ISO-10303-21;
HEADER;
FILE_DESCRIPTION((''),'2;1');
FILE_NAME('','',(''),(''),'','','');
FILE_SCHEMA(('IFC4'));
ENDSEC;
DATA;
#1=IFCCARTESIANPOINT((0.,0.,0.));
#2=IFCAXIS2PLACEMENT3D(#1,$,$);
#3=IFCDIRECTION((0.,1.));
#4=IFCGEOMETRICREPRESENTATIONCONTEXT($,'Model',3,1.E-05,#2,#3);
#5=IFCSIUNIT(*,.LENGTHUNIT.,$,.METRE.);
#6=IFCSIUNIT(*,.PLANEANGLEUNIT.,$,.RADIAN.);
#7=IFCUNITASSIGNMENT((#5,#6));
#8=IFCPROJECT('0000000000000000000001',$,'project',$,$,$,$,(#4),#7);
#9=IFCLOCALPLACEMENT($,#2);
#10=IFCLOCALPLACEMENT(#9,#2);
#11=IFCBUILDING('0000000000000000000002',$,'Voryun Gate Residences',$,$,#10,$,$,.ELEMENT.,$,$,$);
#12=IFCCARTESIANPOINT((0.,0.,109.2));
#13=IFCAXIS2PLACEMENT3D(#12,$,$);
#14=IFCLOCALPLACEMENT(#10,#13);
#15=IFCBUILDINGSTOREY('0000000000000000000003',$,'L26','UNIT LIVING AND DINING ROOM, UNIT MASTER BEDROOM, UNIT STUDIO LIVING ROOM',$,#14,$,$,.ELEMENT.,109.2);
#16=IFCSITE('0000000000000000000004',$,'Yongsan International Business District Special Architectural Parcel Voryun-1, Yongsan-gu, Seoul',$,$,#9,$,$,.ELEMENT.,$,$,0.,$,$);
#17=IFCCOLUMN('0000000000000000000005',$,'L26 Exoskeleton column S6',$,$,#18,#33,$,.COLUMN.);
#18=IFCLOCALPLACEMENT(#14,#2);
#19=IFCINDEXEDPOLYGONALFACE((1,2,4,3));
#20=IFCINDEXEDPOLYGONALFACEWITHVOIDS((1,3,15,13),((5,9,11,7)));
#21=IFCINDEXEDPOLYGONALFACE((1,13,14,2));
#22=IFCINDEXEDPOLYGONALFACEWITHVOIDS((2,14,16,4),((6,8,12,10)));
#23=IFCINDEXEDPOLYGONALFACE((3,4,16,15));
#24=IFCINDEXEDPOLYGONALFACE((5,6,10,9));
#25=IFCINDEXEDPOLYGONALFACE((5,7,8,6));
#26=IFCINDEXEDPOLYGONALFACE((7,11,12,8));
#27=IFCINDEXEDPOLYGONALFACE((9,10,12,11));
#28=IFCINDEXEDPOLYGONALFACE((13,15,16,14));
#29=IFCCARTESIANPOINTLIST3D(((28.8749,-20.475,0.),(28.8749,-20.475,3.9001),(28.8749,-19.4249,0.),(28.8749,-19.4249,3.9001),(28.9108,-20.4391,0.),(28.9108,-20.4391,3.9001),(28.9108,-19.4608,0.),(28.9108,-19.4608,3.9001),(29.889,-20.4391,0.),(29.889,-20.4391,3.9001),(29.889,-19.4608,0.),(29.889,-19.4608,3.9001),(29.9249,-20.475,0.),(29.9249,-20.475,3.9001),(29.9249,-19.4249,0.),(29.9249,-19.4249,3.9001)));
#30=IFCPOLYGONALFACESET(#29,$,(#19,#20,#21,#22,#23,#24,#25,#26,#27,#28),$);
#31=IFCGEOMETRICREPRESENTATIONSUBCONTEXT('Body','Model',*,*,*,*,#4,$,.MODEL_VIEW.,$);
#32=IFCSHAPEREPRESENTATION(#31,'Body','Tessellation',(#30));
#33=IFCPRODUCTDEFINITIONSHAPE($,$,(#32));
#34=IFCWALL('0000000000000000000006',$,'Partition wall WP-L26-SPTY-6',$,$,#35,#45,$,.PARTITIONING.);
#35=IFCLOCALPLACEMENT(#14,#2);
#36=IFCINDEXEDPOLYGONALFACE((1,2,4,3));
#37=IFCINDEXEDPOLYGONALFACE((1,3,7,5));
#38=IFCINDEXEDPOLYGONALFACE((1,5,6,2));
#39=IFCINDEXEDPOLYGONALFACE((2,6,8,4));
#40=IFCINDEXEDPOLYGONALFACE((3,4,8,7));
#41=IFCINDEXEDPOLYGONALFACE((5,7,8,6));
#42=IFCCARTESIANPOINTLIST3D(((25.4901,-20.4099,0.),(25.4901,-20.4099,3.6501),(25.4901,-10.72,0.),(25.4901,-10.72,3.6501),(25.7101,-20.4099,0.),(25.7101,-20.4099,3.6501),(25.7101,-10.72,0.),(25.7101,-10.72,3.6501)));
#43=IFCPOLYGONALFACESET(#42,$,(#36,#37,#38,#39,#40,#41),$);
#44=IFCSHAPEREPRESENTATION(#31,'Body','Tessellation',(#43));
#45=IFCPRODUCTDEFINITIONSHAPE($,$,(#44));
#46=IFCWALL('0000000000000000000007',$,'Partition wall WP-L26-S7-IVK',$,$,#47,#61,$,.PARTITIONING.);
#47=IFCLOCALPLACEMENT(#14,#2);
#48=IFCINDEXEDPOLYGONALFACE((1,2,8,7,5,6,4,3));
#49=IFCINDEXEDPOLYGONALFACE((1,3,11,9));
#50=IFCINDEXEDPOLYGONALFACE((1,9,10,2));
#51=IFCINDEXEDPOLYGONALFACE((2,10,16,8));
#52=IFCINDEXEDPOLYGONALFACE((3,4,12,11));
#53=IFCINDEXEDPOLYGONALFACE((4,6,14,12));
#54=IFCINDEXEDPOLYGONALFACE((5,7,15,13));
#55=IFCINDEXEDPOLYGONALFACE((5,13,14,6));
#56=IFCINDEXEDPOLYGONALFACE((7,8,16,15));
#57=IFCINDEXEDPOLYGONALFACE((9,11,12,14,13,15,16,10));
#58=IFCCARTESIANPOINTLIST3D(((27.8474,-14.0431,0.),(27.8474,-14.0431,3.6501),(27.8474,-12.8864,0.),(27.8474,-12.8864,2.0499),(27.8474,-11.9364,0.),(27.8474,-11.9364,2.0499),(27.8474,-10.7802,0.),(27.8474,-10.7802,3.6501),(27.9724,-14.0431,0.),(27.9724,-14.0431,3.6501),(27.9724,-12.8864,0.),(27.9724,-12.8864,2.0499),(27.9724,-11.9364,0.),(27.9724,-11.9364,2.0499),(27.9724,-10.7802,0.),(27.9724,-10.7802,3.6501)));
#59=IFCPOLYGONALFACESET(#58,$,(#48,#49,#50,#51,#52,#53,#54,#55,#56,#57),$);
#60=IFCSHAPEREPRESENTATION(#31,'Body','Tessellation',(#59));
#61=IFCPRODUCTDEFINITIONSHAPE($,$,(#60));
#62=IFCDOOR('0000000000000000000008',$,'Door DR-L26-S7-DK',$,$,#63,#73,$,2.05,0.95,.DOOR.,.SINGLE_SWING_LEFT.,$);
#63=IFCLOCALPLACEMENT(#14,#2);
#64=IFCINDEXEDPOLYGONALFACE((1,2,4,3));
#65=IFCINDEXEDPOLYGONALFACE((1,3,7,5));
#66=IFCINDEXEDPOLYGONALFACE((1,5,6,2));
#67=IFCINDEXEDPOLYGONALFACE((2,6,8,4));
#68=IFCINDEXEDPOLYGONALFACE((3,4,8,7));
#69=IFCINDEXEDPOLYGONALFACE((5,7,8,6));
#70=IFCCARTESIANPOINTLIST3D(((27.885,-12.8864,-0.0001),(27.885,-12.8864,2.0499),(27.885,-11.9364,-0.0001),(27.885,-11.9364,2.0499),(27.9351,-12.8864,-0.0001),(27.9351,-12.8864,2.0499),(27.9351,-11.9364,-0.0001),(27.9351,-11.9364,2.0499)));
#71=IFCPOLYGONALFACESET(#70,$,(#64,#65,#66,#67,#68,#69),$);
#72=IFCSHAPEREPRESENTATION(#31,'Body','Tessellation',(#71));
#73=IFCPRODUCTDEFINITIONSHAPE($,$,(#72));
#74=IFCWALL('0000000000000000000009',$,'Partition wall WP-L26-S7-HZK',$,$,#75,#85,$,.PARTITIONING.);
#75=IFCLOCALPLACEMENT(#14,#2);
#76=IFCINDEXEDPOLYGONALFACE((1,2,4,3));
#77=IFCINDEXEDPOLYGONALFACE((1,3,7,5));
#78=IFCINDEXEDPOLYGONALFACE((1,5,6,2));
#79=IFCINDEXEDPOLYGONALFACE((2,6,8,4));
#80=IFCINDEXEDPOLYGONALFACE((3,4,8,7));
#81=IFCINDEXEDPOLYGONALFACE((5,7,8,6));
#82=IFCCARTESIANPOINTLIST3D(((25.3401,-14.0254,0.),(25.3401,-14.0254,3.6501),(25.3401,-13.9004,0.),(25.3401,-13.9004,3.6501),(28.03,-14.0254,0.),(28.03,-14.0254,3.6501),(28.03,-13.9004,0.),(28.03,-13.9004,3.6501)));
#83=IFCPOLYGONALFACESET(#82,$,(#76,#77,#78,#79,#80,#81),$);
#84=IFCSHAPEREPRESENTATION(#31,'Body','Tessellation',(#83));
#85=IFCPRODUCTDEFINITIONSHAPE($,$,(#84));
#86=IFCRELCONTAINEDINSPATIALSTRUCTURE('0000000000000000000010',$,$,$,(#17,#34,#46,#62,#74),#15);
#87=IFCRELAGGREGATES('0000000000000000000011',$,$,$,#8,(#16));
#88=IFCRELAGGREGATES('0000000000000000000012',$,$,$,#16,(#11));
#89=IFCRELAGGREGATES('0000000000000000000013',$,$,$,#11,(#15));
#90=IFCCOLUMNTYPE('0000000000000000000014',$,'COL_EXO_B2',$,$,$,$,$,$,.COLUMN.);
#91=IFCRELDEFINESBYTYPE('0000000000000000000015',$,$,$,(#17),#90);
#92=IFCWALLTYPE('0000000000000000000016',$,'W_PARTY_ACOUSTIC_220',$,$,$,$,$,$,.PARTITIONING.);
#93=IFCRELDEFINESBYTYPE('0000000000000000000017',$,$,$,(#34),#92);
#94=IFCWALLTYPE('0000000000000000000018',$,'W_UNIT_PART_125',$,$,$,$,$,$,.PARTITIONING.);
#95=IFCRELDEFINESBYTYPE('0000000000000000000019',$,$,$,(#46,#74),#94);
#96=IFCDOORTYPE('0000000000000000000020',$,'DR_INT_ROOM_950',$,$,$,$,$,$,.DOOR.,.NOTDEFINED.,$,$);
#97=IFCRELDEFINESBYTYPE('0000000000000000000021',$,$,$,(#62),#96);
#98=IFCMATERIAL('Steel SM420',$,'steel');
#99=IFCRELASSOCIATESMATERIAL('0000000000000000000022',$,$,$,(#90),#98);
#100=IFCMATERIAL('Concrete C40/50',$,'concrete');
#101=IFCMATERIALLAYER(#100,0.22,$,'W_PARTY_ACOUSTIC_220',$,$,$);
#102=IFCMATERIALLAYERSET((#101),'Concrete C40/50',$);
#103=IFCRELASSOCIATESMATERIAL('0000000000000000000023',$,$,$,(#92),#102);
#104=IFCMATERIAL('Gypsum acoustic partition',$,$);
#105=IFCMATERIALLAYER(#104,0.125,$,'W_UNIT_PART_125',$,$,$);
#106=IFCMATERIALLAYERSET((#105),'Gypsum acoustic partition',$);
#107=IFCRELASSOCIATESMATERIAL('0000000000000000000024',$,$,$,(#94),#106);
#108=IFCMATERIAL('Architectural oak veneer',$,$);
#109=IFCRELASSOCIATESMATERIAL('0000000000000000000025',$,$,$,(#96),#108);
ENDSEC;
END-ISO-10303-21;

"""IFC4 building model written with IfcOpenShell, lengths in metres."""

from ifc_helpers import new_model, si_unit, direction, frame, frame_2d, origin, origin_2d, place, context, subcontext, project, spatial, rectangle, hollow_rectangle, extrude, material, layer, layer_set, material_profile, profile_set, type_object, element, fill, save


model = new_model("IFC4")

# Units and contexts
model_context = context("Model", 3, precision=1e-05, world=origin(), true_north=direction((0.0, 1.0)))
body_context = subcontext(model_context, "Body", "Model", "MODEL_VIEW")
ifc_project = project(units=[si_unit("LENGTHUNIT", "METRE"), si_unit("PLANEANGLEUNIT", "RADIAN")], contexts=[model_context])

# Site, building, storey
site_placement = place(None, origin())
site = spatial("IfcSite", under=ifc_project, at=site_placement, Name="Yongsan International Business District Special Architectural Parcel Voryun-1, Yongsan-gu, Seoul", CompositionType="ELEMENT", RefElevation=0.0)
building_placement = place(site_placement, origin())
building = spatial("IfcBuilding", under=site, at=building_placement, Name="Voryun Gate Residences", CompositionType="ELEMENT")
storey_placement = place(building_placement, frame((0.0, 0.0, 109.2)))
storey = spatial("IfcBuildingStorey", under=building, at=storey_placement, Name="L26", Description="UNIT LIVING AND DINING ROOM, UNIT MASTER BEDROOM, UNIT STUDIO LIVING ROOM", CompositionType="ELEMENT", Elevation=109.2)

# Column
ifc_material_1 = material(Name="Steel SM420", Category="steel")
ifc_material_profile = material_profile(ifc_material_1, hollow_rectangle(XDim=1.05, YDim=1.05, WallThickness=0.0359, at=origin_2d()), Name="BOX-1050x1050x36")
ifc_profile_set = profile_set([ifc_material_profile], Name="Steel SM420")
column_type = type_object("IfcColumnType", Name="COL_EXO_B2", PredefinedType="COLUMN", material=ifc_profile_set)
column_placement = place(storey_placement, frame((29.3999, -19.95, 0.0), z_axis=(0.0, 0.0, 1.0), x_axis=(1.0, 0.0, 0.0)))
element("IfcColumn", 1, at=column_placement, inside=storey, type_object=column_type, Name="L26 Exoskeleton column S6", PredefinedType="COLUMN", context=body_context, shape_type="SweptSolid", body=[
    extrude(hollow_rectangle(XDim=1.05, YDim=1.05, WallThickness=0.0359, at=origin_2d()), origin(), (0.0, 0.0, 1.0), 3.9001),
])

# Wall
ifc_material_2 = material(Name="Concrete C40/50", Category="concrete")
ifc_layer_1 = layer(ifc_material_2, 0.22, Name="W_PARTY_ACOUSTIC_220")
ifc_layer_set_1 = layer_set([ifc_layer_1], Name="Concrete C40/50")
wall_type_1 = type_object("IfcWallType", Name="W_PARTY_ACOUSTIC_220", PredefinedType="PARTITIONING", material=ifc_layer_set_1)
wall_1_placement = place(storey_placement, frame((25.6001, -20.4099, 0.0), z_axis=(0.0, 0.0, 1.0), x_axis=(0.0, 1.0, 0.0)))
element("IfcWall", 2, at=wall_1_placement, inside=storey, type_object=wall_type_1, Name="Partition wall WP-L26-SPTY-6", PredefinedType="PARTITIONING", context=body_context, shape_type="SweptSolid", body=[
    extrude(rectangle(XDim=9.6899, YDim=0.22, at=frame_2d((4.845, 0.0))), origin(), (0.0, 0.0, 1.0), 3.6501),
])

# Wall, opening, door
ifc_material_3 = material(Name="Gypsum acoustic partition")
ifc_layer_2 = layer(ifc_material_3, 0.125, Name="W_UNIT_PART_125")
ifc_layer_set_2 = layer_set([ifc_layer_2], Name="Gypsum acoustic partition")
wall_type_2 = type_object("IfcWallType", Name="W_UNIT_PART_125", PredefinedType="PARTITIONING", material=ifc_layer_set_2)
wall_2_placement = place(storey_placement, frame((27.9099, -14.043, 0.0), z_axis=(0.0, 0.0, 1.0), x_axis=(0.0, 1.0, 0.0)))
wall_2 = element("IfcWall", 3, at=wall_2_placement, inside=storey, type_object=wall_type_2, Name="Partition wall WP-L26-S7-IVK", PredefinedType="PARTITIONING", context=body_context, shape_type="SweptSolid", body=[
    extrude(rectangle(XDim=3.2629, YDim=0.125, at=frame_2d((1.6313, 0.0))), origin(), (0.0, 0.0, 1.0), 3.6501),
])
opening_1_placement = place(wall_2_placement, frame((1.1565, 0.0, 0.0)))
opening_1 = element("IfcOpeningElement", 4, at=opening_1_placement, cuts=wall_2, PredefinedType="OPENING", context=body_context, shape_type="SweptSolid", body=[
    extrude(rectangle(XDim=0.95, YDim=2.05, at=frame_2d((0.4751, 1.0249))), frame((0.0, 0.0725, 0.0), z_axis=(0.0, -1.0, 0.0), x_axis=(1.0, 0.0, 0.0)), (0.0, 0.0, 1.0), 0.145),
])
ifc_material_4 = material(Name="Architectural oak veneer")
door_type = type_object("IfcDoorType", Name="DR_INT_ROOM_950", OperationType="NOTDEFINED", PredefinedType="DOOR", material=ifc_material_4)
door_placement = place(opening_1_placement, origin())
door = element("IfcDoor", 5, at=door_placement, inside=storey, type_object=door_type, Name="Door DR-L26-S7-DK", OperationType="SINGLE_SWING_LEFT", OverallHeight=2.05, OverallWidth=0.95, PredefinedType="DOOR", context=body_context, shape_type="SweptSolid", body=[
    extrude(rectangle(XDim=0.95, YDim=2.05, at=frame_2d((0.4751, 1.0249))), frame((0.0, 0.0249, 0.0), z_axis=(0.0, -1.0, 0.0), x_axis=(1.0, 0.0, 0.0)), (0.0, 0.0, 1.0), 0.05),
])
fill(opening_1, door)

# Wall
wall_3_placement = place(storey_placement, frame((25.3401, -13.9629, 0.0), z_axis=(0.0, 0.0, 1.0), x_axis=(1.0, 0.0, 0.0)))
element("IfcWall", 6, at=wall_3_placement, inside=storey, type_object=wall_type_2, Name="Partition wall WP-L26-S7-HZK", PredefinedType="PARTITIONING", context=body_context, shape_type="SweptSolid", body=[
    extrude(rectangle(XDim=2.6899, YDim=0.125, at=frame_2d((1.345, 0.0))), origin(), (0.0, 0.0, 1.0), 3.6501),
])

save(model, "model.ifc")
